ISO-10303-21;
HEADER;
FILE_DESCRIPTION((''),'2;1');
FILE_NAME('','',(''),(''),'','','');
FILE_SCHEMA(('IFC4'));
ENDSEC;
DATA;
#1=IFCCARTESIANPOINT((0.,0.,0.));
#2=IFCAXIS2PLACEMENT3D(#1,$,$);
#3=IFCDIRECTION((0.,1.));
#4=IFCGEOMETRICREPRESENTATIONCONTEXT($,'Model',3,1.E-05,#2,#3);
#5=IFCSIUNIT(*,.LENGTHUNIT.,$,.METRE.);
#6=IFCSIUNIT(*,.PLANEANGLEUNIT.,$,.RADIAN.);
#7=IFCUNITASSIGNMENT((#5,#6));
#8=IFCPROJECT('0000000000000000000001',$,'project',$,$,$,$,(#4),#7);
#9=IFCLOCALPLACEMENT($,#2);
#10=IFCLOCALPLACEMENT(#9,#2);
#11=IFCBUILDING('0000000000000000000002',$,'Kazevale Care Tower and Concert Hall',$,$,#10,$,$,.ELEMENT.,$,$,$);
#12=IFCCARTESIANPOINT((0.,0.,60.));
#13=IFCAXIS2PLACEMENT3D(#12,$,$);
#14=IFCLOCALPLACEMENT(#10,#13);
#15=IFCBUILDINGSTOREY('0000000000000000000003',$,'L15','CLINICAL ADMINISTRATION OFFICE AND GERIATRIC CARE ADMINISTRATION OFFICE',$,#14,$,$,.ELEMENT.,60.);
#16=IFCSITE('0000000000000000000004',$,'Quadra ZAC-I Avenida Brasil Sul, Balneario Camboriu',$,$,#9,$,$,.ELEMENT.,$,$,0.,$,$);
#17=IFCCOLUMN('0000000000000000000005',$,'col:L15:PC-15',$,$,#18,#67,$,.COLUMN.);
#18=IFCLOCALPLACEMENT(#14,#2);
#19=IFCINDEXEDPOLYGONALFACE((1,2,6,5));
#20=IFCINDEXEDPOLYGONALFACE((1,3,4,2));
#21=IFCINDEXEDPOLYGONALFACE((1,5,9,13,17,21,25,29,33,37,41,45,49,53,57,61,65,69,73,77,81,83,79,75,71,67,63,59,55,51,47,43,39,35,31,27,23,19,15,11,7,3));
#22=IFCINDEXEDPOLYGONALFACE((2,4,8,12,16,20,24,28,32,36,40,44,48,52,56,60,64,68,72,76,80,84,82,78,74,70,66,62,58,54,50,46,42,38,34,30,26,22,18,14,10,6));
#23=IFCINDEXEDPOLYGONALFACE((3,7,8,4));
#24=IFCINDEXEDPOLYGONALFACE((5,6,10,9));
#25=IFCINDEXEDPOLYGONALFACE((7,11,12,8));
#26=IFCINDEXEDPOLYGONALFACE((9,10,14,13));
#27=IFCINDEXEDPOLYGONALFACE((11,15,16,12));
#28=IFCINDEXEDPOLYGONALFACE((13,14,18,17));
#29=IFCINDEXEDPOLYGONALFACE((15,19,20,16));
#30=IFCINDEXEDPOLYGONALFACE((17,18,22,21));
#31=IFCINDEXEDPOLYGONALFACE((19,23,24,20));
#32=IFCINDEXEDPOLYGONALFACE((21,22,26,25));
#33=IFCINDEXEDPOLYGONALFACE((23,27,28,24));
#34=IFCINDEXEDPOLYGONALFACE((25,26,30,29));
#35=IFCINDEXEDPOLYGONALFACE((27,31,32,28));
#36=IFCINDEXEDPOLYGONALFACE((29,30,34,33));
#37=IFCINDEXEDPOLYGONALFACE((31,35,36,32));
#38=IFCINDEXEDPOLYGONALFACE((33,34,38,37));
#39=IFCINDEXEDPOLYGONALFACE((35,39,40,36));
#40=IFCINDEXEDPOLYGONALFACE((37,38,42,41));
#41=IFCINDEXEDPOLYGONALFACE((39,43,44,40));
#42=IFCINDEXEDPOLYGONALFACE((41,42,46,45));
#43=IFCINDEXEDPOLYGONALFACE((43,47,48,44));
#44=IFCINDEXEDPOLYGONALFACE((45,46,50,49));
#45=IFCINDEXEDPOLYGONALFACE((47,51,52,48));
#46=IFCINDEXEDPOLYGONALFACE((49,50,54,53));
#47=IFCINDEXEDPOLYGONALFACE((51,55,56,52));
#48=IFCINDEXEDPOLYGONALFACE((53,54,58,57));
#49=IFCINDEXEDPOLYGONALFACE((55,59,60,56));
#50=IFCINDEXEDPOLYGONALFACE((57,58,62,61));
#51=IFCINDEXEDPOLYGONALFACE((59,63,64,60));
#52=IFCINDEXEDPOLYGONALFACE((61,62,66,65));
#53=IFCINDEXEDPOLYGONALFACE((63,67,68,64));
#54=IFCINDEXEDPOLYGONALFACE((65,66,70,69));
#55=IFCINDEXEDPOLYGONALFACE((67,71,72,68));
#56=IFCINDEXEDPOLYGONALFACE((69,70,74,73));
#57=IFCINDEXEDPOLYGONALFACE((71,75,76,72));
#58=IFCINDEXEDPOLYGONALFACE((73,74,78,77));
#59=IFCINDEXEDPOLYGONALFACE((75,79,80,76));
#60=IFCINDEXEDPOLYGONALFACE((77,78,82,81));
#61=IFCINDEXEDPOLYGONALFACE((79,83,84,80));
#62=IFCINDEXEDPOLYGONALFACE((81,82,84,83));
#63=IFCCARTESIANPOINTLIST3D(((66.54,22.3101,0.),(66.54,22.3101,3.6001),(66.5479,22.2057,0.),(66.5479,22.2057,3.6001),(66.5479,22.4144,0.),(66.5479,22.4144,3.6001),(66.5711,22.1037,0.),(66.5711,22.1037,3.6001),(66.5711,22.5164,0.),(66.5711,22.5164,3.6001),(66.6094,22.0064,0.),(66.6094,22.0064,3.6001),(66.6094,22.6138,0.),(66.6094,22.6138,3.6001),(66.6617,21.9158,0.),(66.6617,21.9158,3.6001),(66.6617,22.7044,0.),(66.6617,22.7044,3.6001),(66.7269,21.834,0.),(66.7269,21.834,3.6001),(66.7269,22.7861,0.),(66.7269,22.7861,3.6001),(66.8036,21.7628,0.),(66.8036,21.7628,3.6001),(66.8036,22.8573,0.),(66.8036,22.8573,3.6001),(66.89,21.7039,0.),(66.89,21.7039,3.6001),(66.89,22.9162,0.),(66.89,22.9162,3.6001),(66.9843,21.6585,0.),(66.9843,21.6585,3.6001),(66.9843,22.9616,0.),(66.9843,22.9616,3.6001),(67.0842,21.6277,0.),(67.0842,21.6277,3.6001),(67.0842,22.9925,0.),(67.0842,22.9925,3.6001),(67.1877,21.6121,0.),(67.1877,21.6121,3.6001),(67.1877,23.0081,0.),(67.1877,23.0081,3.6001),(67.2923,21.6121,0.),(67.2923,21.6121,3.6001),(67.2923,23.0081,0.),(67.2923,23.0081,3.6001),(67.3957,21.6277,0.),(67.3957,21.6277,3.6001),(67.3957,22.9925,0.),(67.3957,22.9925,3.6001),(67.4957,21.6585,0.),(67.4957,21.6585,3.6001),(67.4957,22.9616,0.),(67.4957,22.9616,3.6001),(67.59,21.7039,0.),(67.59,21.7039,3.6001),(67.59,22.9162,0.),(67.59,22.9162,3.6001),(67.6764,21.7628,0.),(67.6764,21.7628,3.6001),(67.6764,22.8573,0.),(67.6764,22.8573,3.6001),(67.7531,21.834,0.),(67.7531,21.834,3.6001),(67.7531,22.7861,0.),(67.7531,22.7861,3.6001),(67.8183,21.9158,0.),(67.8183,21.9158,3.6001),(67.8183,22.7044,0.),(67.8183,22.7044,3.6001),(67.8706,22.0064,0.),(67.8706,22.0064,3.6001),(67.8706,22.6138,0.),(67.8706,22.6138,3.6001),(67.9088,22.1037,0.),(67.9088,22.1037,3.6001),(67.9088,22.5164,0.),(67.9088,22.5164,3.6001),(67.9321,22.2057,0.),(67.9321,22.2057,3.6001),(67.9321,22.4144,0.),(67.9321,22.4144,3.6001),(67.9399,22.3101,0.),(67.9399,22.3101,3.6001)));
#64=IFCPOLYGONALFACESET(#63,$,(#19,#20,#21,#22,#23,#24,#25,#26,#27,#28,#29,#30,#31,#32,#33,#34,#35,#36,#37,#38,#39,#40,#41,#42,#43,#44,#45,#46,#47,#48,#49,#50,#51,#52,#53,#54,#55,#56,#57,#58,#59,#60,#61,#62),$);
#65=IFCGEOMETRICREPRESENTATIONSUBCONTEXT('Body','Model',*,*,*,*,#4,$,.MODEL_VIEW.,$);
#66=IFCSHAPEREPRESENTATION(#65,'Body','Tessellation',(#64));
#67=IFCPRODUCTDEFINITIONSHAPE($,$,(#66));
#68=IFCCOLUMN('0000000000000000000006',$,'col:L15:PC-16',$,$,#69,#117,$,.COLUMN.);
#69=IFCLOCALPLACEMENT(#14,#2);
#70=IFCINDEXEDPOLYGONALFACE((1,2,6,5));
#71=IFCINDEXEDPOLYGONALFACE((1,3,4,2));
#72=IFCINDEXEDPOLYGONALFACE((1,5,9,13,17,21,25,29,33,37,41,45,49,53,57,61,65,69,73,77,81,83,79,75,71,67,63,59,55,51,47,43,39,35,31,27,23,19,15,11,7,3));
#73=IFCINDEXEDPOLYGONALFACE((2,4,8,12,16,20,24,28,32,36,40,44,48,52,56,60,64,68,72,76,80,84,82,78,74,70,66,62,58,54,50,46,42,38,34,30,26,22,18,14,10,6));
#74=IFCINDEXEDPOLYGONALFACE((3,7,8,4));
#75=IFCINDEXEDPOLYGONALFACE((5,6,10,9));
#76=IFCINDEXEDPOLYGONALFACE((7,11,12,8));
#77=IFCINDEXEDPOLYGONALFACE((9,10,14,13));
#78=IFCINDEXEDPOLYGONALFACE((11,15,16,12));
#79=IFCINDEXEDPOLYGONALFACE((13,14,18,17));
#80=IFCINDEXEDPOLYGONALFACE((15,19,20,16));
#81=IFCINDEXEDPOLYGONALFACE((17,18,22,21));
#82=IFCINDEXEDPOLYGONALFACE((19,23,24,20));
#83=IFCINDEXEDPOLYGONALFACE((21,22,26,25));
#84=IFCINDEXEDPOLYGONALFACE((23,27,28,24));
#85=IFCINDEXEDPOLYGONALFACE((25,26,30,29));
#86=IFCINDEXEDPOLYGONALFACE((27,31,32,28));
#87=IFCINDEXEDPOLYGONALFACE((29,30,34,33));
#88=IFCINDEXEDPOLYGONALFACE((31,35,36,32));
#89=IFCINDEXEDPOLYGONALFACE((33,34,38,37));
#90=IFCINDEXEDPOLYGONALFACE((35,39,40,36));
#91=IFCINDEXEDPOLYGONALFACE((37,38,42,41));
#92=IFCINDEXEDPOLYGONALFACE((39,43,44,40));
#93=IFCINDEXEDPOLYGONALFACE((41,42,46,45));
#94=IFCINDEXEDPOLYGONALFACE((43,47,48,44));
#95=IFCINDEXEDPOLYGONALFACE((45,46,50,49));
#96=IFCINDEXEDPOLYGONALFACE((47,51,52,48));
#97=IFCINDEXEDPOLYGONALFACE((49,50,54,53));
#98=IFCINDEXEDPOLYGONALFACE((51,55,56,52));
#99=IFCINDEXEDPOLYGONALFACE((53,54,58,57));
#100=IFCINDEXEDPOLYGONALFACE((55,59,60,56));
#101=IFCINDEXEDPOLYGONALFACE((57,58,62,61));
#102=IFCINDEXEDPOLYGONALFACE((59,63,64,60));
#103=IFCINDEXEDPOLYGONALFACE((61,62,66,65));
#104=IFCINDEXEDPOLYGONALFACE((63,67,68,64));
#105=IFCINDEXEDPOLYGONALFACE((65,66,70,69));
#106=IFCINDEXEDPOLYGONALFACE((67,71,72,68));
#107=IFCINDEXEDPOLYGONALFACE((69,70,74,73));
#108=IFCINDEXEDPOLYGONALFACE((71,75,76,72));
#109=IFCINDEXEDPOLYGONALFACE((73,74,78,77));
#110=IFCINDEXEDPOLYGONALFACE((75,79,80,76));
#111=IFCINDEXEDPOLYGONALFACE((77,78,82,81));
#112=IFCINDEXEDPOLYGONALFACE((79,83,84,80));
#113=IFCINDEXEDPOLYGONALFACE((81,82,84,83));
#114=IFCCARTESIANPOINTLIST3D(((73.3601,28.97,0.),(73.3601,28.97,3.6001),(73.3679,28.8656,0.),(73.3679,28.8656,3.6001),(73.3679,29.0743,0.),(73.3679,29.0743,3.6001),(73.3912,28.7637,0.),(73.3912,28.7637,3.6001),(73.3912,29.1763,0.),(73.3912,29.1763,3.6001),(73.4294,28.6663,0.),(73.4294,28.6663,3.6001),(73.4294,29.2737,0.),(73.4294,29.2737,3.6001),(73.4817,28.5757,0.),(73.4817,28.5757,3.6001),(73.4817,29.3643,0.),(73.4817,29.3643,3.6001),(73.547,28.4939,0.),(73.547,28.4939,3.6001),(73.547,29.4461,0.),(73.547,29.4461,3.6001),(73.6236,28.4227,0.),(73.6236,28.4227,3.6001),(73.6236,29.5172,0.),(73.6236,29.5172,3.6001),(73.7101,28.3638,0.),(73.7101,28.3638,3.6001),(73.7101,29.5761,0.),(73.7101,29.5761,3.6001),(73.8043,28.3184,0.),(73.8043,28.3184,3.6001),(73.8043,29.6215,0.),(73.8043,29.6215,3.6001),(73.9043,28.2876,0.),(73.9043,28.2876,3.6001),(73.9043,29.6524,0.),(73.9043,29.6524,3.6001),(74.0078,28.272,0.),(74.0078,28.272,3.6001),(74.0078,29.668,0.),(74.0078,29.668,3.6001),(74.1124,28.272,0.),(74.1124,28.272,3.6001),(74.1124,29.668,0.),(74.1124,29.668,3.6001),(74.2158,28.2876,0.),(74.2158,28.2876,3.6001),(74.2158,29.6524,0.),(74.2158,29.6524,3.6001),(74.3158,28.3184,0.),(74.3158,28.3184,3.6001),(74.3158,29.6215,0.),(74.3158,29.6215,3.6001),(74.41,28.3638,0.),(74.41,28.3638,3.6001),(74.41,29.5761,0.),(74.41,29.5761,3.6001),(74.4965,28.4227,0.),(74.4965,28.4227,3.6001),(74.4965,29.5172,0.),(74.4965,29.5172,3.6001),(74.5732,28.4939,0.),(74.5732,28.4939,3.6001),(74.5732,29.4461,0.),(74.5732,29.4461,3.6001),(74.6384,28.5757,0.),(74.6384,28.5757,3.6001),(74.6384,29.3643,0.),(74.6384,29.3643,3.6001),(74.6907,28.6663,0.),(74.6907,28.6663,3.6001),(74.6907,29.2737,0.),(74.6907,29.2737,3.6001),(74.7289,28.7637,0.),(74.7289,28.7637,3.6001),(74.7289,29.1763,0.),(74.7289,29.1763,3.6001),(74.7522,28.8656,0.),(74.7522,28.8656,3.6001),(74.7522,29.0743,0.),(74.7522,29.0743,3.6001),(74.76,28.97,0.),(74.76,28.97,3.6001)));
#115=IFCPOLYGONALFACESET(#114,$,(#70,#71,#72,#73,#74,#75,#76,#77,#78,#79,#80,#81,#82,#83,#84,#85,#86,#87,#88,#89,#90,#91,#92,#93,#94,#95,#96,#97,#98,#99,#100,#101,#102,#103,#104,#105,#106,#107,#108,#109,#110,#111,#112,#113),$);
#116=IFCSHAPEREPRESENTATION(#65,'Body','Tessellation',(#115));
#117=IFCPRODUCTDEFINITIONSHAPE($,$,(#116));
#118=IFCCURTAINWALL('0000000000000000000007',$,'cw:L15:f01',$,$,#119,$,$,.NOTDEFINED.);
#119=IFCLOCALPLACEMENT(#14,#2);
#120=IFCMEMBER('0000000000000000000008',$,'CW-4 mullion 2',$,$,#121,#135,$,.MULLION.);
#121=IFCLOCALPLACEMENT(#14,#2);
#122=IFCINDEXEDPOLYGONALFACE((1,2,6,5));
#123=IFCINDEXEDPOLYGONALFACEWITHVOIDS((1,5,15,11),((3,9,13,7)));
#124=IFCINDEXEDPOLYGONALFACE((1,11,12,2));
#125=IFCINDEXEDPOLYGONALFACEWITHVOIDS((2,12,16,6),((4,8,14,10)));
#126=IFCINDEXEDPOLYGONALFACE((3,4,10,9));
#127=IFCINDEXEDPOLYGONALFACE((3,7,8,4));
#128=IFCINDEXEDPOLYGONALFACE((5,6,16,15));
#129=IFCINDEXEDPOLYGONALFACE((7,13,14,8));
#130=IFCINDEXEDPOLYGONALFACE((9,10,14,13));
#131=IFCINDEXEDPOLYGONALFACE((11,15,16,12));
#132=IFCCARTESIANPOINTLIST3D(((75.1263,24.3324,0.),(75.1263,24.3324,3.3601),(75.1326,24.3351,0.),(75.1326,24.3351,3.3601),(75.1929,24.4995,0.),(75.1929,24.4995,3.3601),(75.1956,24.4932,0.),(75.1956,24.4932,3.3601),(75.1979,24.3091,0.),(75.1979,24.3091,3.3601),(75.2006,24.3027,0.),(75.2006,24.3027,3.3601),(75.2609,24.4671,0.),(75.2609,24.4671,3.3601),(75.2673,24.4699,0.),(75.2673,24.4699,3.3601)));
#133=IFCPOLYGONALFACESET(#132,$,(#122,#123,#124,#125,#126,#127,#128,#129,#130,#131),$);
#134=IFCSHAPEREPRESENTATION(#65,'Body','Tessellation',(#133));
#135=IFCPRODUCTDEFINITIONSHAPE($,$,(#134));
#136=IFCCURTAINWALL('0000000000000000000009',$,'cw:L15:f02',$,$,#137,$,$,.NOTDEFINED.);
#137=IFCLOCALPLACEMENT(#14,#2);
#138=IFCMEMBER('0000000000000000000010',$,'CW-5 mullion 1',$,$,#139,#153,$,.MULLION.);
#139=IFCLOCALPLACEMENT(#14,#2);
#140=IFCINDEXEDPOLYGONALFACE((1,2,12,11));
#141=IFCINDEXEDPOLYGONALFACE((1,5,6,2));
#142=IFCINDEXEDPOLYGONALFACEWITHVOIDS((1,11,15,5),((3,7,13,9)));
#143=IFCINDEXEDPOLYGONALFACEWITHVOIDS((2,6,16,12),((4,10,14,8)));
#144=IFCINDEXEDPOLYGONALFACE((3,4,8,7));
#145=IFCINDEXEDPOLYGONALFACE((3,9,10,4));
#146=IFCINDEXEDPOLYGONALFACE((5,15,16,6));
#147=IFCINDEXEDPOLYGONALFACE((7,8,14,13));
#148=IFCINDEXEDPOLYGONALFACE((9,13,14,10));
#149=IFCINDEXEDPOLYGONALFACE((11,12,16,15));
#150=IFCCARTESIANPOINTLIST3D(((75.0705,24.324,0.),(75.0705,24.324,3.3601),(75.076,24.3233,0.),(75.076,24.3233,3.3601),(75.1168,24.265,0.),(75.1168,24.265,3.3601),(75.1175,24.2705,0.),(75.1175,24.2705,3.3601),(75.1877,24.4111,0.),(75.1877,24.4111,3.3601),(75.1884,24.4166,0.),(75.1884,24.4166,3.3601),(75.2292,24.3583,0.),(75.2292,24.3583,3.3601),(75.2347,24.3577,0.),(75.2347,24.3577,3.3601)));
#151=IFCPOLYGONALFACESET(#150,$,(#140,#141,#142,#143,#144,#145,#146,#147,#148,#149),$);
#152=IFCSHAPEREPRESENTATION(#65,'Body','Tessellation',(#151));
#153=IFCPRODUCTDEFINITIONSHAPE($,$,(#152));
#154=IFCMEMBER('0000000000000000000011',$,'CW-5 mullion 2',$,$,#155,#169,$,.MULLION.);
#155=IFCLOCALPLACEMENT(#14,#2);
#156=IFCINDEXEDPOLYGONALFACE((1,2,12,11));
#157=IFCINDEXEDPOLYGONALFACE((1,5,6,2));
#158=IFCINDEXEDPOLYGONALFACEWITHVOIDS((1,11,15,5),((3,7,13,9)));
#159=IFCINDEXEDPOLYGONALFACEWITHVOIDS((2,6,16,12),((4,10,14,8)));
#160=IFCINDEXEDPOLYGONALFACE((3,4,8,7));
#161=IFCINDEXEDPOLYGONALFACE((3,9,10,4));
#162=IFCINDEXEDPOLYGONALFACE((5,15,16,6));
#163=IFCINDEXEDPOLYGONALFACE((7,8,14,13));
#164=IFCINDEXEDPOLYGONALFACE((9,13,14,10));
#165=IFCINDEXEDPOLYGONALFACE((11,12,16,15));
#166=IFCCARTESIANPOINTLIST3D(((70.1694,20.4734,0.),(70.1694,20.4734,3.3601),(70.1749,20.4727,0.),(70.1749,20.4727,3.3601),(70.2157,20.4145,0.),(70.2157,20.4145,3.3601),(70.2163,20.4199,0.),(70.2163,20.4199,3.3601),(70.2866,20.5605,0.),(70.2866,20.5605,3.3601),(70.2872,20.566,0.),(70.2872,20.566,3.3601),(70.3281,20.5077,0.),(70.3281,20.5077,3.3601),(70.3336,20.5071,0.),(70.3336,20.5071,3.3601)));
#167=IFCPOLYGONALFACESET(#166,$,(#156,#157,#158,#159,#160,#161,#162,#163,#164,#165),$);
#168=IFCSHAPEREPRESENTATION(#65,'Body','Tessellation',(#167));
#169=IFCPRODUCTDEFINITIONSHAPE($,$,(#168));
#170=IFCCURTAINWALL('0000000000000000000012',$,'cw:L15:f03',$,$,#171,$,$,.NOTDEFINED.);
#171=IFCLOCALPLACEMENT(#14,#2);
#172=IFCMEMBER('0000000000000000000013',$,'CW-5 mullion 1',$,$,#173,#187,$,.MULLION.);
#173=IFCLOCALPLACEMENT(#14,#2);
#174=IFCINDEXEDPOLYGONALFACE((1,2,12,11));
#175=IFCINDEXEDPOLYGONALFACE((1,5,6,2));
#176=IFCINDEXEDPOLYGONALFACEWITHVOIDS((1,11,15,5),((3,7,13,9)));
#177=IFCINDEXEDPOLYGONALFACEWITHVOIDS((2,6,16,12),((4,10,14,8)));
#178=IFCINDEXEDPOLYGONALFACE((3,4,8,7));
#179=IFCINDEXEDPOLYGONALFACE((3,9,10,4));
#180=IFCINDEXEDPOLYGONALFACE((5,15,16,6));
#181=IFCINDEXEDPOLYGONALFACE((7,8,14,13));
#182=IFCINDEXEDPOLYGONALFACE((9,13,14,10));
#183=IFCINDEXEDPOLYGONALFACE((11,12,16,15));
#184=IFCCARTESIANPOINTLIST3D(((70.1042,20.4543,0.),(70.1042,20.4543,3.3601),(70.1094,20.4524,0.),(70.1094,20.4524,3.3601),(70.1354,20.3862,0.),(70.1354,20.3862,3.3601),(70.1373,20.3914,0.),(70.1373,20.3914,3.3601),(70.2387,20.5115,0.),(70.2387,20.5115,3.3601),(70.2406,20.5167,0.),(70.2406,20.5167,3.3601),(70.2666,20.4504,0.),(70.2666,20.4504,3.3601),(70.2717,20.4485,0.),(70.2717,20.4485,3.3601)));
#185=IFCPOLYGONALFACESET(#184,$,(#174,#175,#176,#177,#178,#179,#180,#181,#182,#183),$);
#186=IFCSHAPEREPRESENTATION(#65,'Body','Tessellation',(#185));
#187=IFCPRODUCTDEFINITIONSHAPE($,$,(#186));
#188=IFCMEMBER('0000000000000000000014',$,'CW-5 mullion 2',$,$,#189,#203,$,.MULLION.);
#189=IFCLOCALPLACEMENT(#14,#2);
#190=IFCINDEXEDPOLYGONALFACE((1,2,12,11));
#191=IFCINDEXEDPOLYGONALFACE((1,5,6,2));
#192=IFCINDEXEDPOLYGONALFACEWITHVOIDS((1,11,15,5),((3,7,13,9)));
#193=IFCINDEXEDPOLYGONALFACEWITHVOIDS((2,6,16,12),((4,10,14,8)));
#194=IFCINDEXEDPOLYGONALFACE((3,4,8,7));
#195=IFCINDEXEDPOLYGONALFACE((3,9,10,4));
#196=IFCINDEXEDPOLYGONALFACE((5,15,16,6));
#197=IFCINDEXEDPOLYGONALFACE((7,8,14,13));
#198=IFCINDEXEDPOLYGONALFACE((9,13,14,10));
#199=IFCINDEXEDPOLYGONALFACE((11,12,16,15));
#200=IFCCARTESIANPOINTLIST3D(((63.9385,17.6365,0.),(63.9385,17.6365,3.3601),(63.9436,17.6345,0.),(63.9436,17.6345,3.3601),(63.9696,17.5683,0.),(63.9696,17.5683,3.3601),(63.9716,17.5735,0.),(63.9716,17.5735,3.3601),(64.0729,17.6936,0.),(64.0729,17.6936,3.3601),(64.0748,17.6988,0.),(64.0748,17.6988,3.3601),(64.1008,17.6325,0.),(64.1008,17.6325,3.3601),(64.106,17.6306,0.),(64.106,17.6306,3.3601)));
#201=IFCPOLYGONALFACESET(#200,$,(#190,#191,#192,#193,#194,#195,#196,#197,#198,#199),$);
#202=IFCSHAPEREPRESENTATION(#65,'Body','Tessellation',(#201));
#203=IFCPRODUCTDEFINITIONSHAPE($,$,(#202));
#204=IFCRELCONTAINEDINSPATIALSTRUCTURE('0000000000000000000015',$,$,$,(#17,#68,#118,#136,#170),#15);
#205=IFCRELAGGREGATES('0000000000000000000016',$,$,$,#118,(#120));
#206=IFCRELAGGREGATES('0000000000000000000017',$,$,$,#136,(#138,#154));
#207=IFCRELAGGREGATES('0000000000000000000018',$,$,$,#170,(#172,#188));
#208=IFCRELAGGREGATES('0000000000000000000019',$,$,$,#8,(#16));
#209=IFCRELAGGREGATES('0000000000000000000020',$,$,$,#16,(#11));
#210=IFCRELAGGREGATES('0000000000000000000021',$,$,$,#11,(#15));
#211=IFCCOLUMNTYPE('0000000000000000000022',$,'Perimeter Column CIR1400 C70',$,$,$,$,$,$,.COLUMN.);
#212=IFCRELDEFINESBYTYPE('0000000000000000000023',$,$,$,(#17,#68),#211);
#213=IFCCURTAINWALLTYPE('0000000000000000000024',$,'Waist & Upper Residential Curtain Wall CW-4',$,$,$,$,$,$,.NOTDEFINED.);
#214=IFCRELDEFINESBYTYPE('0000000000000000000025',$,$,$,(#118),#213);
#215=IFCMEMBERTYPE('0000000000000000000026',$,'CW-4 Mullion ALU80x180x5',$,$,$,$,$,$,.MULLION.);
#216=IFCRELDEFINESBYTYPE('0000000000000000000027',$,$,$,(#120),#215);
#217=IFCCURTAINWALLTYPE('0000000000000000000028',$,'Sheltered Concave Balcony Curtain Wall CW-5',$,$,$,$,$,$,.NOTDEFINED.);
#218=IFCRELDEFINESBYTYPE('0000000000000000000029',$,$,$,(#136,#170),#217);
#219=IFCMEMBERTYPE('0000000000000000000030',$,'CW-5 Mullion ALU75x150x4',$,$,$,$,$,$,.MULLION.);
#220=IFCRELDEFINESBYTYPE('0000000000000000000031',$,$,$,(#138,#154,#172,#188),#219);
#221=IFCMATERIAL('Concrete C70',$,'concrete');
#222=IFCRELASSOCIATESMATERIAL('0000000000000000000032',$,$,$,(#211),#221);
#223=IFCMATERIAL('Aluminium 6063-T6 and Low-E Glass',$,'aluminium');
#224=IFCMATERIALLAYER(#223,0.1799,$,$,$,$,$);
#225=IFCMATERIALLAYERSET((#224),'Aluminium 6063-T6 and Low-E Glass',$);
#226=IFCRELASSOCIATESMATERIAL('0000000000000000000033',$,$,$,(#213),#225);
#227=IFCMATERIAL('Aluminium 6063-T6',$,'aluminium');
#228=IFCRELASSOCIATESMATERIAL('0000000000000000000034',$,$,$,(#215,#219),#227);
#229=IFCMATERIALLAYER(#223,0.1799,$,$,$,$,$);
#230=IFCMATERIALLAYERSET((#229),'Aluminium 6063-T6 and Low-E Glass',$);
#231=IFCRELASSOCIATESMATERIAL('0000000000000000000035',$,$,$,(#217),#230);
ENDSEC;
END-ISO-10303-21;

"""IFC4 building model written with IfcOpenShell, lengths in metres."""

from ifc_helpers import new_model, si_unit, direction, frame, origin, origin_2d, place, context, subcontext, project, spatial, hollow_rectangle, circle, extrude, material, layer, layer_set, material_profile, profile_set, type_object, element, aggregate, save


model = new_model("IFC4")

# Units and contexts
model_context = context("Model", 3, precision=1e-05, world=origin(), true_north=direction((0.0, 1.0)))
body_context = subcontext(model_context, "Body", "Model", "MODEL_VIEW")
ifc_project = project(units=[si_unit("LENGTHUNIT", "METRE"), si_unit("PLANEANGLEUNIT", "RADIAN")], contexts=[model_context])

# Site, building, storey
site_placement = place(None, origin())
site = spatial("IfcSite", under=ifc_project, at=site_placement, Name="Quadra ZAC-I Avenida Brasil Sul, Balneario Camboriu", CompositionType="ELEMENT", RefElevation=0.0)
building_placement = place(site_placement, origin())
building = spatial("IfcBuilding", under=site, at=building_placement, Name="Kazevale Care Tower and Concert Hall", CompositionType="ELEMENT")
storey_placement = place(building_placement, frame((0.0, 0.0, 60.0)))
storey = spatial("IfcBuildingStorey", under=building, at=storey_placement, Name="L15", Description="CLINICAL ADMINISTRATION OFFICE AND GERIATRIC CARE ADMINISTRATION OFFICE", CompositionType="ELEMENT", Elevation=60.0)

# Columns
ifc_material_1 = material(Name="Concrete C70", Category="concrete")
ifc_material_profile_1 = material_profile(ifc_material_1, circle(Radius=0.7, at=origin_2d()), Name="RC-CIR1400")
ifc_profile_set_1 = profile_set([ifc_material_profile_1], Name="Concrete C70")
column_type = type_object("IfcColumnType", Name="Perimeter Column CIR1400 C70", PredefinedType="COLUMN", material=ifc_profile_set_1)
for number, where, z_axis, x_axis, name in (
    (1, (67.24, 22.3101, 0.0), (0.0, 0.0, 1.0), (1.0, 0.0, 0.0), "col:L15:PC-15"),
    (2, (74.0601, 28.97, 0.0), (0.0, 0.0, 1.0), (1.0, 0.0, 0.0), "col:L15:PC-16"),
):
    element("IfcColumn", number, at=place(storey_placement, frame(where, z_axis=z_axis, x_axis=x_axis)), inside=storey, type_object=column_type, Name=name, PredefinedType="COLUMN", context=body_context, shape_type="SweptSolid", body=[
        extrude(circle(Radius=0.7, at=origin_2d()), origin(), (0.0, 0.0, 1.0), 3.6001),
    ])

# Curtain wall, member
ifc_material_2 = material(Name="Aluminium 6063-T6 and Low-E Glass", Category="aluminium")
ifc_layer_1 = layer(ifc_material_2, 0.1799)
ifc_layer_set_1 = layer_set([ifc_layer_1], Name="Aluminium 6063-T6 and Low-E Glass")
curtain_wall_type_1 = type_object("IfcCurtainWallType", Name="Waist & Upper Residential Curtain Wall CW-4", PredefinedType="NOTDEFINED", material=ifc_layer_set_1)
curtain_wall_1_placement = place(storey_placement, origin())
curtain_wall_1 = element("IfcCurtainWall", 3, at=curtain_wall_1_placement, inside=storey, type_object=curtain_wall_type_1, Name="cw:L15:f01", PredefinedType="NOTDEFINED")
ifc_material_3 = material(Name="Aluminium 6063-T6", Category="aluminium")
ifc_material_profile_2 = material_profile(ifc_material_3, hollow_rectangle(XDim=0.0801, YDim=0.1799, WallThickness=0.0049, at=origin_2d()), Name="ALU80x180x5")
ifc_profile_set_2 = profile_set([ifc_material_profile_2], Name="Aluminium 6063-T6")
member_type_1 = type_object("IfcMemberType", Name="CW-4 Mullion ALU80x180x5", PredefinedType="MULLION", material=ifc_profile_set_2)
member_1_placement = place(storey_placement, frame((75.1968, 24.4011, 0.0), z_axis=(0.0, 0.0, 1.0), x_axis=(0.928861, -0.370427, 0.0)))
member_1 = element("IfcMember", 4, at=member_1_placement, type_object=member_type_1, Name="CW-4 mullion 2", PredefinedType="MULLION", context=body_context, shape_type="SweptSolid", body=[
    extrude(hollow_rectangle(XDim=0.0801, YDim=0.1799, WallThickness=0.0049, at=origin_2d()), origin(), (0.0, 0.0, 1.0), 3.3601),
])
aggregate(curtain_wall_1, [member_1])

# Curtain walls, members
ifc_layer_2 = layer(ifc_material_2, 0.1799)
ifc_layer_set_2 = layer_set([ifc_layer_2], Name="Aluminium 6063-T6 and Low-E Glass")
curtain_wall_type_2 = type_object("IfcCurtainWallType", Name="Sheltered Concave Balcony Curtain Wall CW-5", PredefinedType="NOTDEFINED", material=ifc_layer_set_2)
curtain_wall_2_placement = place(storey_placement, origin())
curtain_wall_2 = element("IfcCurtainWall", 5, at=curtain_wall_2_placement, inside=storey, type_object=curtain_wall_type_2, Name="cw:L15:f02", PredefinedType="NOTDEFINED")
ifc_material_profile_3 = material_profile(ifc_material_3, hollow_rectangle(XDim=0.075, YDim=0.1499, WallThickness=0.0039, at=origin_2d()), Name="ALU75x150x4")
ifc_profile_set_3 = profile_set([ifc_material_profile_3], Name="Aluminium 6063-T6")
member_type_2 = type_object("IfcMemberType", Name="CW-5 Mullion ALU75x150x4", PredefinedType="MULLION", material=ifc_profile_set_3)
member_2_placement = place(storey_placement, frame((75.1526, 24.3408, 0.0), z_axis=(0.0, 0.0, 1.0), x_axis=(0.617808, -0.786329, 0.0)))
member_2 = element("IfcMember", 6, at=member_2_placement, type_object=member_type_2, Name="CW-5 mullion 1", PredefinedType="MULLION", context=body_context, shape_type="SweptSolid", body=[
    extrude(hollow_rectangle(XDim=0.075, YDim=0.1499, WallThickness=0.0039, at=origin_2d()), origin(), (0.0, 0.0, 1.0), 3.3601),
])
member_3_placement = place(storey_placement, frame((70.2515, 20.4902, 0.0), z_axis=(0.0, 0.0, 1.0), x_axis=(0.617808, -0.786329, 0.0)))
member_3 = element("IfcMember", 7, at=member_3_placement, type_object=member_type_2, Name="CW-5 mullion 2", PredefinedType="MULLION", context=body_context, shape_type="SweptSolid", body=[
    extrude(hollow_rectangle(XDim=0.075, YDim=0.1499, WallThickness=0.0039, at=origin_2d()), origin(), (0.0, 0.0, 1.0), 3.3601),
])
curtain_wall_3_placement = place(storey_placement, origin())
curtain_wall_3 = element("IfcCurtainWall", 8, at=curtain_wall_3_placement, inside=storey, type_object=curtain_wall_type_2, Name="cw:L15:f03", PredefinedType="NOTDEFINED")
member_4_placement = place(storey_placement, frame((70.188, 20.4514, 0.0), z_axis=(0.0, 0.0, 1.0), x_axis=(0.41566, -0.90952, 0.0)))
member_4 = element("IfcMember", 9, at=member_4_placement, type_object=member_type_2, Name="CW-5 mullion 1", PredefinedType="MULLION", context=body_context, shape_type="SweptSolid", body=[
    extrude(hollow_rectangle(XDim=0.075, YDim=0.1499, WallThickness=0.0039, at=origin_2d()), origin(), (0.0, 0.0, 1.0), 3.3601),
])
member_5_placement = place(storey_placement, frame((64.0222, 17.6335, 0.0), z_axis=(0.0, 0.0, 1.0), x_axis=(0.41566, -0.90952, 0.0)))
member_5 = element("IfcMember", 10, at=member_5_placement, type_object=member_type_2, Name="CW-5 mullion 2", PredefinedType="MULLION", context=body_context, shape_type="SweptSolid", body=[
    extrude(hollow_rectangle(XDim=0.075, YDim=0.1499, WallThickness=0.0039, at=origin_2d()), origin(), (0.0, 0.0, 1.0), 3.3601),
])

aggregate(curtain_wall_2, [member_2, member_3])
aggregate(curtain_wall_3, [member_4, member_5])

save(model, "model.ifc")
